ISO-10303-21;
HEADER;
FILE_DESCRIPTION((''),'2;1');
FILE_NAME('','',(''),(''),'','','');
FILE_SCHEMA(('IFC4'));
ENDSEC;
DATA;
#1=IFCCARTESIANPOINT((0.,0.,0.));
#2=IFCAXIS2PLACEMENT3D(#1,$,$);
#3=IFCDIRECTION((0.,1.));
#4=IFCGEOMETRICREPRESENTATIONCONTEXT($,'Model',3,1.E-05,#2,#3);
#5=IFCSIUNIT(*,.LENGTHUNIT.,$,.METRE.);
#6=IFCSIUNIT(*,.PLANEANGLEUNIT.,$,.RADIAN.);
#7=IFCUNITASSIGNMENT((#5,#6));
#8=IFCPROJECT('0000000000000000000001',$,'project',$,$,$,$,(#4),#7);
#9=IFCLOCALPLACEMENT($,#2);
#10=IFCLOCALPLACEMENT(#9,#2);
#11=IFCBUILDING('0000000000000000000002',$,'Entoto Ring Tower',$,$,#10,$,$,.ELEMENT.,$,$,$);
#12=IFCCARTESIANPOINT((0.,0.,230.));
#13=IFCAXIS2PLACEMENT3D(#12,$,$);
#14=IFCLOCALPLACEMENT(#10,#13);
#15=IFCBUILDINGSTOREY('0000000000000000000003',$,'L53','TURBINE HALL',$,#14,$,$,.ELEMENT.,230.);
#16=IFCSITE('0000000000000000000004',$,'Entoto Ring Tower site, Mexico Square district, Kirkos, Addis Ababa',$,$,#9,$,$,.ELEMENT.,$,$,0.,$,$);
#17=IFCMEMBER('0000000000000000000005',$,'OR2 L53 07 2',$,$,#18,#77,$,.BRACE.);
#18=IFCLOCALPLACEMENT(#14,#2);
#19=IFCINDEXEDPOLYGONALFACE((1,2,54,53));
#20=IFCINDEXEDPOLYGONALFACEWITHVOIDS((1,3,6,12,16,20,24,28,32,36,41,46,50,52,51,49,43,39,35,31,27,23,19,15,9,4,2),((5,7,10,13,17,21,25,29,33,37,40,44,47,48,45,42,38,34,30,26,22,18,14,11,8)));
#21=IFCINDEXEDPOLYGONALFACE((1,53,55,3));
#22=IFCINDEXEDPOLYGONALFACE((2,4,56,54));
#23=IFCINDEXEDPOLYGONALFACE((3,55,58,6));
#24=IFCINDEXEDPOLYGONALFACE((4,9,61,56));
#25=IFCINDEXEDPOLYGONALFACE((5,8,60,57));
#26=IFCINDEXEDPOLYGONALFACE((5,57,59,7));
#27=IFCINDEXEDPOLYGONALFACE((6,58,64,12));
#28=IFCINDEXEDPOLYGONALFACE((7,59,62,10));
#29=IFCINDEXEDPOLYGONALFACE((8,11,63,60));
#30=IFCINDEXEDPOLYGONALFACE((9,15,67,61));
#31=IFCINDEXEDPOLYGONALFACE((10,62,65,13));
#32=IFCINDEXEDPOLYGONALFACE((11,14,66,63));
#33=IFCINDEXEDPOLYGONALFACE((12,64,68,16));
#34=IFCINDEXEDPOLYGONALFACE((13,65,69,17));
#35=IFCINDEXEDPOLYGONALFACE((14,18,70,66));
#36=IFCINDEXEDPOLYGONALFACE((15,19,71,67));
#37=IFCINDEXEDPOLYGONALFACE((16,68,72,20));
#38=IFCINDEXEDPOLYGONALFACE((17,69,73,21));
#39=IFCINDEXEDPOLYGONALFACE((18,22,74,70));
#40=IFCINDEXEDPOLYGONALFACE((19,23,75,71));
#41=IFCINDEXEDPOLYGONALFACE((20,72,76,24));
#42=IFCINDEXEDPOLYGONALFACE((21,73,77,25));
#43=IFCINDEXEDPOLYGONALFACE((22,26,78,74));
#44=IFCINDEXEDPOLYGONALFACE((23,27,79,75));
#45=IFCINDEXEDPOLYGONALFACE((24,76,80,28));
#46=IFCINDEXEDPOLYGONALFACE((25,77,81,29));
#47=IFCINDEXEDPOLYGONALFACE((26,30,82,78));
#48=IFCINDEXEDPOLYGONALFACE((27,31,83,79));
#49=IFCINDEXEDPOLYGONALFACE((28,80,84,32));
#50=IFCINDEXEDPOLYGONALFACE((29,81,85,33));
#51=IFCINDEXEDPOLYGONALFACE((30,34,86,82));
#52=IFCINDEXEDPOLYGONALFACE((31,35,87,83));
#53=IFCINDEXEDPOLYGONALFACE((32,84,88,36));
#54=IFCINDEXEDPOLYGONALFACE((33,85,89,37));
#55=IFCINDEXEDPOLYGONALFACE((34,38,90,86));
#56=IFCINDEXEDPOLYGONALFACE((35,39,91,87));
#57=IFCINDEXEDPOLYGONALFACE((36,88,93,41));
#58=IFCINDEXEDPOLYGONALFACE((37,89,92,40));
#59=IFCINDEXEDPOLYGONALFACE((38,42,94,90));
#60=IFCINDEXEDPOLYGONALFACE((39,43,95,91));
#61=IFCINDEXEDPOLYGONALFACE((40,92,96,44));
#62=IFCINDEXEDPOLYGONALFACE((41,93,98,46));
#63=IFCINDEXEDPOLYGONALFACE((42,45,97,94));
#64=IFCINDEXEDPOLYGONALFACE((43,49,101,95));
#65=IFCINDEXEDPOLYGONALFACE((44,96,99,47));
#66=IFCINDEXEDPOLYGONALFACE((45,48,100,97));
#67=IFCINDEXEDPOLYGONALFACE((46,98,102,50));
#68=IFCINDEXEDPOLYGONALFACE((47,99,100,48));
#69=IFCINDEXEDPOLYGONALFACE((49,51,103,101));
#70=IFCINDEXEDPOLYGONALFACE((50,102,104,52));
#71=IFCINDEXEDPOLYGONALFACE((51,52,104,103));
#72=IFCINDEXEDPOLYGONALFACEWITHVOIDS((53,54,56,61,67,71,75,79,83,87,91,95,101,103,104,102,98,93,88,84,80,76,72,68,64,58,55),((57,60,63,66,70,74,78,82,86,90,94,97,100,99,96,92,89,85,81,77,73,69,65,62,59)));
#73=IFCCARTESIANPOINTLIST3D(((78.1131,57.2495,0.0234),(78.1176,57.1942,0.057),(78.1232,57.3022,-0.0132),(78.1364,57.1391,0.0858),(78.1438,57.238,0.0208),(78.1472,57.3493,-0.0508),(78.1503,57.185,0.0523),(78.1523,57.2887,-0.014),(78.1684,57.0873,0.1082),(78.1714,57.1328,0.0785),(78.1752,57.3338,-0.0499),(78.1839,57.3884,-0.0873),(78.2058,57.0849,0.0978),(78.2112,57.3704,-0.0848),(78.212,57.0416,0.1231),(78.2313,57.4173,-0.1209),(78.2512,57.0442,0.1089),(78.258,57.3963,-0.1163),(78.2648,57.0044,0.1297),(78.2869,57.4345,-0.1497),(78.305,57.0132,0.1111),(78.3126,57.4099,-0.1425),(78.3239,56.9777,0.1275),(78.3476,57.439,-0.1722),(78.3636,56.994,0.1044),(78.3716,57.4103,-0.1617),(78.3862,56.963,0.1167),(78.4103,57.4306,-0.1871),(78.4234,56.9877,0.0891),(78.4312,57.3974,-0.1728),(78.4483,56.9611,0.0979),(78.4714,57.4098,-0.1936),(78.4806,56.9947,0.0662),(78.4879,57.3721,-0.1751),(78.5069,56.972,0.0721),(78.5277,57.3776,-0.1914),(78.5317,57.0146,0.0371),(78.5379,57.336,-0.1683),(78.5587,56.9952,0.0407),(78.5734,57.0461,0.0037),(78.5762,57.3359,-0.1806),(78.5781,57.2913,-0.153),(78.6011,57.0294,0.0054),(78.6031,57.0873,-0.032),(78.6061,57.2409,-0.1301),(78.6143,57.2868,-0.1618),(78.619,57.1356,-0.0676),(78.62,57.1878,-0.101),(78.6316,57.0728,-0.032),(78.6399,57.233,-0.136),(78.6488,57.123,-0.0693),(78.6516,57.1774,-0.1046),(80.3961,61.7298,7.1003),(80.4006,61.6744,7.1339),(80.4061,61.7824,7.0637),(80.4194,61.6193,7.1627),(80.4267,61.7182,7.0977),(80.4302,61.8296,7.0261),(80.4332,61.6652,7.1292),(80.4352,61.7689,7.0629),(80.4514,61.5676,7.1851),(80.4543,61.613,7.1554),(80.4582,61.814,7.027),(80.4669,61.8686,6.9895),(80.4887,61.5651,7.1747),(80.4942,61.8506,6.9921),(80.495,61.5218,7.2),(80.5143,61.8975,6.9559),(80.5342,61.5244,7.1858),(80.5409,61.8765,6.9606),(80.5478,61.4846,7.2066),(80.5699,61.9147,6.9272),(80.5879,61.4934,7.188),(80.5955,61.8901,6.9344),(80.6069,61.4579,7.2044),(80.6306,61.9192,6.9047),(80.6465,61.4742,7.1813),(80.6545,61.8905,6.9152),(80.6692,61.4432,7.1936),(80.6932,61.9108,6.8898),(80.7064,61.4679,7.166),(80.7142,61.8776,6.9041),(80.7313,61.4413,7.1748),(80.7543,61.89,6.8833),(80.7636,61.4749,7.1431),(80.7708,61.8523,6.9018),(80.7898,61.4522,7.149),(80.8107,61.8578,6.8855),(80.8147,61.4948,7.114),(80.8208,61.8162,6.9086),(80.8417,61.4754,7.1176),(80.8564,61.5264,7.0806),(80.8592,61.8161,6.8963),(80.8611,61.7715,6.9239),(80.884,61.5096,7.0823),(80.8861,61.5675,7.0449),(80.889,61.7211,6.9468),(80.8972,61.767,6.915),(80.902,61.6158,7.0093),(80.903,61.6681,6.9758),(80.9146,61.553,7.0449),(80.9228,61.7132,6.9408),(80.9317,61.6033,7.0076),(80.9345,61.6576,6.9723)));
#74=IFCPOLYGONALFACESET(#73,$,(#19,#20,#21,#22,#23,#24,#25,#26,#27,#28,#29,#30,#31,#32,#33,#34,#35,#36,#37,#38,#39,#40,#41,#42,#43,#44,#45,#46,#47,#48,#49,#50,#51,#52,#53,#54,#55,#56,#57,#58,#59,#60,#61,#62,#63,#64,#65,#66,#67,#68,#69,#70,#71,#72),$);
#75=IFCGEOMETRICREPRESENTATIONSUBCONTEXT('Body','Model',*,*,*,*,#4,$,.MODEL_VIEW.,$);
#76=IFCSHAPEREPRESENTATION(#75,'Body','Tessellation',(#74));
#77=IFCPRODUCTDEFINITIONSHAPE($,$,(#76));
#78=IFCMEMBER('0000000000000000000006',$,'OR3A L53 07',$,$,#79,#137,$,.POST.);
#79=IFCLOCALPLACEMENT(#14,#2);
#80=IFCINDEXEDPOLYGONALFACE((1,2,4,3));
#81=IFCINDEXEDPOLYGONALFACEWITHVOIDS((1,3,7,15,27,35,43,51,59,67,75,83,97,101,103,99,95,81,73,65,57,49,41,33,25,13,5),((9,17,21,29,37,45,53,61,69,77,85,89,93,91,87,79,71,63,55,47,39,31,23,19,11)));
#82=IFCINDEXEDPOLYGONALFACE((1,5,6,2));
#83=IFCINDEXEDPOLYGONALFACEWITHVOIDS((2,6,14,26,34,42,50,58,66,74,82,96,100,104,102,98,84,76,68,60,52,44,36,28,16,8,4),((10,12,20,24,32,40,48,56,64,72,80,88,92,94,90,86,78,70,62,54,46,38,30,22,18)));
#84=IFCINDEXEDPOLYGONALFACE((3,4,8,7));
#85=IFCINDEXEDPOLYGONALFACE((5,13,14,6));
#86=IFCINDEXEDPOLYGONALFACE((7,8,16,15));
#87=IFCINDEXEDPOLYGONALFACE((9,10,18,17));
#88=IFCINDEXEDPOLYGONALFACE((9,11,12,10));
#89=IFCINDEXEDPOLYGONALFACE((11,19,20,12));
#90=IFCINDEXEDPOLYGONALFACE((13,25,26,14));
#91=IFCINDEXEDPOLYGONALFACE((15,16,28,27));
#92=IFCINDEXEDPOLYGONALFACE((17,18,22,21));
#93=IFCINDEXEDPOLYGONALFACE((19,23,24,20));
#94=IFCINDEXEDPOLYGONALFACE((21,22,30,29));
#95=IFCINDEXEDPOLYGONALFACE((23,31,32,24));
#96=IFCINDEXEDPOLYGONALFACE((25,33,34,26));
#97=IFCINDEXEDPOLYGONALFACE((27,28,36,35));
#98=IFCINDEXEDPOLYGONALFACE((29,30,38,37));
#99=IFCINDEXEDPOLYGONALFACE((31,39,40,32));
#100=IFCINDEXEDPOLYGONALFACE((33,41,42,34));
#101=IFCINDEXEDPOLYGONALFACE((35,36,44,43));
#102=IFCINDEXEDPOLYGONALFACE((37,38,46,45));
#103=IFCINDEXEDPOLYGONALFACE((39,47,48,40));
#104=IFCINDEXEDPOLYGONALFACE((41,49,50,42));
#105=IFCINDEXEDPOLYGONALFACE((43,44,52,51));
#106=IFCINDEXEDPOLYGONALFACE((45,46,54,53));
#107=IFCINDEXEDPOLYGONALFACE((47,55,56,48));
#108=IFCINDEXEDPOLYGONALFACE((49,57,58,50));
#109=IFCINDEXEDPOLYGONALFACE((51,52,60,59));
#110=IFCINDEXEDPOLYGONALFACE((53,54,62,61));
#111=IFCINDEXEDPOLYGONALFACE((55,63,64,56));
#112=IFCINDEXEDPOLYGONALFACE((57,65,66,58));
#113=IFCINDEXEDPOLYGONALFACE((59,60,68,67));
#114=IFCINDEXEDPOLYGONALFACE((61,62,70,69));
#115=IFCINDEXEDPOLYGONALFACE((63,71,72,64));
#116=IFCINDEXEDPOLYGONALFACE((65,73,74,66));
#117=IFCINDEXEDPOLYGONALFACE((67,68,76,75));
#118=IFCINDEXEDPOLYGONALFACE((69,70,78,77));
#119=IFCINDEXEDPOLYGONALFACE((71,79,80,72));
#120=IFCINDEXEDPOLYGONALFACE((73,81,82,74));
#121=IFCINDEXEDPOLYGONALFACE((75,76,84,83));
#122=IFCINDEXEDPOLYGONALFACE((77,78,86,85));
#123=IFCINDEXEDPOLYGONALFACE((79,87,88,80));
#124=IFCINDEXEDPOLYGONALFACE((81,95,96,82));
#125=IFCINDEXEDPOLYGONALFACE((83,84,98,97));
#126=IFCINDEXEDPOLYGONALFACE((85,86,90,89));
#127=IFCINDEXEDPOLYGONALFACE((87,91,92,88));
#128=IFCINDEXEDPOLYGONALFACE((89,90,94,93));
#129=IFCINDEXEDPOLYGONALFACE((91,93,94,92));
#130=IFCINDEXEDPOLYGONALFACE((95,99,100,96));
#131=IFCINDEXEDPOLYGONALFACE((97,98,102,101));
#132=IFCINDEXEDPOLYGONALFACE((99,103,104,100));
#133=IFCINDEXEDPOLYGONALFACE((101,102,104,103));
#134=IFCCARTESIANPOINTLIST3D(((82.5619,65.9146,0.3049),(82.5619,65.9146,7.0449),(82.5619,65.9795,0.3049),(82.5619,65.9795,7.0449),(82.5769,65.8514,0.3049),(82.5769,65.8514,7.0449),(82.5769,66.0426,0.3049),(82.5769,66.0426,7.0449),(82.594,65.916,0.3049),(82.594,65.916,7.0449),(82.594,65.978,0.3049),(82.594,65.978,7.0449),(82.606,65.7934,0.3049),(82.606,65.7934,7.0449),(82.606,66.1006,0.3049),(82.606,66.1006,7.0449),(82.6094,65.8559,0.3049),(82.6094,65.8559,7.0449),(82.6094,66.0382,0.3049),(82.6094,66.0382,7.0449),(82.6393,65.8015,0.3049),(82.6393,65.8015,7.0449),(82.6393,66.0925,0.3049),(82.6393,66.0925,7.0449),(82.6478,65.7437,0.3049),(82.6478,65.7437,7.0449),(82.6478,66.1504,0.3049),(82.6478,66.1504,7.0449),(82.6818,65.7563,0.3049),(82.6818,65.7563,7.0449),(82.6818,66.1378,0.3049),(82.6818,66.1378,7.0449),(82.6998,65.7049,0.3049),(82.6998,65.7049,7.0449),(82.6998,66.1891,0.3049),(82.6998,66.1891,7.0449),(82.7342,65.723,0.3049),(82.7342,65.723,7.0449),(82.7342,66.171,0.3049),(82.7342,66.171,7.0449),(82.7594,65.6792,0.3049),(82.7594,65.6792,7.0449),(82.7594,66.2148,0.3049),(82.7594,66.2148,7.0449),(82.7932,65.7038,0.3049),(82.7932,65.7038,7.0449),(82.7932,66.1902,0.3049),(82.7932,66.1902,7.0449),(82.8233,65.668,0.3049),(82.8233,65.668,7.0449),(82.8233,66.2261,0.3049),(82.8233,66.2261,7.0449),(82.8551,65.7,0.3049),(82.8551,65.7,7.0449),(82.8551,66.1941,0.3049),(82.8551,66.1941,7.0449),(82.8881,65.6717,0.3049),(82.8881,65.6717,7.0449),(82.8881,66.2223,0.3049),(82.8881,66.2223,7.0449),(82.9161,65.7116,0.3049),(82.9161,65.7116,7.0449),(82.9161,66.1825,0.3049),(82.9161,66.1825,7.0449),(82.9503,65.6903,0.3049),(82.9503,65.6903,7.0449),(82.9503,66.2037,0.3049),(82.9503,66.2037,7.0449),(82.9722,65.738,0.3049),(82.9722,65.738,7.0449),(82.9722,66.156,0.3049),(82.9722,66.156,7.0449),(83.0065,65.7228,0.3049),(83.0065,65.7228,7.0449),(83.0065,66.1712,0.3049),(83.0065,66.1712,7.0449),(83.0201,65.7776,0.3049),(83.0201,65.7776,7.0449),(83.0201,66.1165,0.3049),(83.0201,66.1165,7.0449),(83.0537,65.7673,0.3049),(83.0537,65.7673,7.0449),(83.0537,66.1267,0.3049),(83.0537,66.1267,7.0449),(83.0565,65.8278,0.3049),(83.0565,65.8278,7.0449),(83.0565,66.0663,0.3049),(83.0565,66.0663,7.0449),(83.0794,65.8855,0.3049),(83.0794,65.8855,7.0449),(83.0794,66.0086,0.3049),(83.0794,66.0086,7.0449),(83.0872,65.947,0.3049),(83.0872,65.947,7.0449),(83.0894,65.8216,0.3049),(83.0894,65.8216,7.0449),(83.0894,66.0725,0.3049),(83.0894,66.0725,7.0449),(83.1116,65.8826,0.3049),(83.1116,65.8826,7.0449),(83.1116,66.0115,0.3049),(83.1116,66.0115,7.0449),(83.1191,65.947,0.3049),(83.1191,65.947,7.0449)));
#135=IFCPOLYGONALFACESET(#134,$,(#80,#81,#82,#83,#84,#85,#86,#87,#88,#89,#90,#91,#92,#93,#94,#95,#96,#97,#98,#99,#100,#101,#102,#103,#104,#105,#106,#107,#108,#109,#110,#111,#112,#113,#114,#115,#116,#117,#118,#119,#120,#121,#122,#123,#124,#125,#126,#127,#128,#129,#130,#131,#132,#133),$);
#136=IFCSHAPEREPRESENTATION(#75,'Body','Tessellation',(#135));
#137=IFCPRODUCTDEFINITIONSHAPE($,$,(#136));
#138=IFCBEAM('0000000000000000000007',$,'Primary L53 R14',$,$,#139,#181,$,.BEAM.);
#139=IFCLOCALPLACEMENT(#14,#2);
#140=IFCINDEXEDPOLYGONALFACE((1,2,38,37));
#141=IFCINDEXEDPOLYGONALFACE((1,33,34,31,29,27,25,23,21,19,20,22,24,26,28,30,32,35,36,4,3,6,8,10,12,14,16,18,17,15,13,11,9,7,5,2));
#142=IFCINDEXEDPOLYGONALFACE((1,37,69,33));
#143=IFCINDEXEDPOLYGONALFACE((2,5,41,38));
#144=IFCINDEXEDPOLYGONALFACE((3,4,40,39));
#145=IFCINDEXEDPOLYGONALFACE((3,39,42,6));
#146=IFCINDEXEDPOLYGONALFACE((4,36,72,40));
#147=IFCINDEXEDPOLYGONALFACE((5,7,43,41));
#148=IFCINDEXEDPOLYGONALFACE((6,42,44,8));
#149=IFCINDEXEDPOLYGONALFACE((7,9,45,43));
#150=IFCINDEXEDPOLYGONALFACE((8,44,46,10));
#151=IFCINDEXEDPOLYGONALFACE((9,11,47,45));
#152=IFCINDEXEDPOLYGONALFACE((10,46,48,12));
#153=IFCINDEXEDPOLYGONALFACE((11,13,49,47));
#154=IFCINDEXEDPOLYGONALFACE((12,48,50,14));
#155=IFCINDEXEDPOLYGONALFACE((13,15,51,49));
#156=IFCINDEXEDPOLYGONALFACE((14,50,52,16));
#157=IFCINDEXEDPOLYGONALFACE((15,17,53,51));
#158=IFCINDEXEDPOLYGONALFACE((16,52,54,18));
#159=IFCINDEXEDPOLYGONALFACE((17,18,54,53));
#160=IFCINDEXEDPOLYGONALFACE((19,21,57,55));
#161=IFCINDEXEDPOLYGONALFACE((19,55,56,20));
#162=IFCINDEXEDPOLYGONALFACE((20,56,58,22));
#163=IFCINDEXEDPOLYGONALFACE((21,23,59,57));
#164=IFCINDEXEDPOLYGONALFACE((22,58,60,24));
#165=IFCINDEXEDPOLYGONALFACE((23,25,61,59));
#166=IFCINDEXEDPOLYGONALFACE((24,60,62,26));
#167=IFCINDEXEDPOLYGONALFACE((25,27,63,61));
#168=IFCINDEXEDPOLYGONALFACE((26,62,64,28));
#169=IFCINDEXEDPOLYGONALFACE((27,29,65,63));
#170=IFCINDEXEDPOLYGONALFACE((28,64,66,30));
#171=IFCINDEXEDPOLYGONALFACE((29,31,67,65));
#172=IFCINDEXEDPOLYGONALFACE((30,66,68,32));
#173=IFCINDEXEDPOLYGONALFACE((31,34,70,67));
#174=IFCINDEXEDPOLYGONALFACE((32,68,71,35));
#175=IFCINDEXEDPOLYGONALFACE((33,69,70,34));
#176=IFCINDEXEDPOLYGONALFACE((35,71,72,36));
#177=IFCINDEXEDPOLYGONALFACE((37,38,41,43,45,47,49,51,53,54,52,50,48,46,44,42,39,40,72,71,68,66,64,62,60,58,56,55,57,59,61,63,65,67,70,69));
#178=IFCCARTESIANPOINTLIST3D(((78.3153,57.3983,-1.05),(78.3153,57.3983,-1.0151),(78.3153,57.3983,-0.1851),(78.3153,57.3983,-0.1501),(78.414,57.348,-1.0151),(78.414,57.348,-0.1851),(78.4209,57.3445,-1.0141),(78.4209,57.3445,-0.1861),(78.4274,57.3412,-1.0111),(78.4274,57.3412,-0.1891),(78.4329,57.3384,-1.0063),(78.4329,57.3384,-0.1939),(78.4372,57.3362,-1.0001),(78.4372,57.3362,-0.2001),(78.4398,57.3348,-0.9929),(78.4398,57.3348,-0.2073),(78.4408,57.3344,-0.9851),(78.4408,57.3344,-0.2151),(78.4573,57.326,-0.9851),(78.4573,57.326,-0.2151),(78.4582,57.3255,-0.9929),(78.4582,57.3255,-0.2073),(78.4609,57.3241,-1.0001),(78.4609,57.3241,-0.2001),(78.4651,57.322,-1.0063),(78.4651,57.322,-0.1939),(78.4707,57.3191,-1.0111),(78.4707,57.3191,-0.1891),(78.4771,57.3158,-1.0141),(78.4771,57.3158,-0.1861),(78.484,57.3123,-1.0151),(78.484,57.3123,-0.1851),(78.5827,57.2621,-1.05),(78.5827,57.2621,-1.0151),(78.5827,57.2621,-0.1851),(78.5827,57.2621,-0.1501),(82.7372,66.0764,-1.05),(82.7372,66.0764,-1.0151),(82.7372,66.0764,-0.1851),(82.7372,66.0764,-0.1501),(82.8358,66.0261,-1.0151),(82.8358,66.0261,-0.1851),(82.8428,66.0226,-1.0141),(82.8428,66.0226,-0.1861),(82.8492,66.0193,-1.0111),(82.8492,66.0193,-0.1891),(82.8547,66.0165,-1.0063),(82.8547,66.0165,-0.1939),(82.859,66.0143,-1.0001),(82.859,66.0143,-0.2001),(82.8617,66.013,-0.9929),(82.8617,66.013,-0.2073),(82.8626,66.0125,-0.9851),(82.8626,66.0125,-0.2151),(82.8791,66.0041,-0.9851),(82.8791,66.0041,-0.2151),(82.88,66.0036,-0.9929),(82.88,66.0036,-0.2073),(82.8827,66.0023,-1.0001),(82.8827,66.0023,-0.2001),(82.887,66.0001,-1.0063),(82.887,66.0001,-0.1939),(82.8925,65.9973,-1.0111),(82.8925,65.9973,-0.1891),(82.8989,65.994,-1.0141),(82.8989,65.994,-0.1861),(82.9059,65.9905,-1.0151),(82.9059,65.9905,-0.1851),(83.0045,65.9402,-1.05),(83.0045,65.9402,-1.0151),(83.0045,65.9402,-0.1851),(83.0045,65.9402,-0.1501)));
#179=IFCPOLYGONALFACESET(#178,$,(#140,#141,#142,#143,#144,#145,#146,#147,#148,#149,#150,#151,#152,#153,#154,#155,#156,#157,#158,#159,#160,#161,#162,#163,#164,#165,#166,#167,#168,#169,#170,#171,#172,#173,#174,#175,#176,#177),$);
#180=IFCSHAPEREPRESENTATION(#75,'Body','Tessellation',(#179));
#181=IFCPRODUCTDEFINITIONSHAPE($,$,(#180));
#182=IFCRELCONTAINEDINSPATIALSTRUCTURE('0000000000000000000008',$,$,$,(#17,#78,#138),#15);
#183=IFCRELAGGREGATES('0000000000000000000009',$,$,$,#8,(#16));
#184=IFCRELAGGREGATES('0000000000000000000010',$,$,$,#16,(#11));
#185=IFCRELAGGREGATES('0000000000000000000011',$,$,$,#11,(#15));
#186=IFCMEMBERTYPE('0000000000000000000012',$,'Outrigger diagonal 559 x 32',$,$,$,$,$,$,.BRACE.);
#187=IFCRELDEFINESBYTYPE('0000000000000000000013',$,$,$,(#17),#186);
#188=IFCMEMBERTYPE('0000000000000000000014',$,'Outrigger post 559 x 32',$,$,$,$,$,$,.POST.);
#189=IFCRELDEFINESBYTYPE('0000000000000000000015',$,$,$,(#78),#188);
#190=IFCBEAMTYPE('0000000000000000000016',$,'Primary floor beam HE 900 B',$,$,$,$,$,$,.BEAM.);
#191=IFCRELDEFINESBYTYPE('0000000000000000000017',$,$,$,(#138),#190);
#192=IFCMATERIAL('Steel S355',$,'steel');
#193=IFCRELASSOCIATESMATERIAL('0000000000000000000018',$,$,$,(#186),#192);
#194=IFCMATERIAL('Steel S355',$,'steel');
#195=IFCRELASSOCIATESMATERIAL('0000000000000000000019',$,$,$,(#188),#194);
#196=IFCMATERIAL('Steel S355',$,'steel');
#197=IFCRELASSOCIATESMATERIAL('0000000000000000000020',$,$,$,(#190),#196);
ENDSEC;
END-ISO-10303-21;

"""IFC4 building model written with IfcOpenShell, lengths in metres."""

from ifc_helpers import new_model, si_unit, direction, frame, origin, origin_2d, place, context, subcontext, project, spatial, circle, hollow_circle, i_section, extrude, material, material_profile, profile_set, type_object, element, save


model = new_model("IFC4")

# Units and contexts
model_context = context("Model", 3, precision=1e-05, world=origin(), true_north=direction((0.0, 1.0)))
body_context = subcontext(model_context, "Body", "Model", "MODEL_VIEW")
ifc_project = project(units=[si_unit("LENGTHUNIT", "METRE"), si_unit("PLANEANGLEUNIT", "RADIAN")], contexts=[model_context])

# Site, building, storey
site_placement = place(None, origin())
site = spatial("IfcSite", under=ifc_project, at=site_placement, Name="Entoto Ring Tower site, Mexico Square district, Kirkos, Addis Ababa", CompositionType="ELEMENT", RefElevation=0.0)
building_placement = place(site_placement, origin())
building = spatial("IfcBuilding", under=site, at=building_placement, Name="Entoto Ring Tower", CompositionType="ELEMENT")
storey_placement = place(building_placement, frame((0.0, 0.0, 230.0)))
storey = spatial("IfcBuildingStorey", under=building, at=storey_placement, Name="L53", Description="TURBINE HALL", CompositionType="ELEMENT", Elevation=230.0)

# Members
ifc_material_1 = material(Name="Steel S355", Category="steel")
ifc_material_profile_1 = material_profile(ifc_material_1, hollow_circle(Radius=0.2795, WallThickness=0.032, at=origin_2d()), Name="CHS 559 x 32")
ifc_material_2 = material(Name="Concrete C60/75", Category="concrete")
ifc_material_profile_2 = material_profile(ifc_material_2, circle(Radius=0.2476, at=origin_2d()), Name="Concrete C60/75 infill")
ifc_profile_set_1 = profile_set([ifc_material_profile_1, ifc_material_profile_2], Name="Steel S355")
member_type_1 = type_object("IfcMemberType", Name="Outrigger diagonal 559 x 32", PredefinedType="BRACE", material=ifc_profile_set_1)
member_1_placement = place(storey_placement, frame((80.6655, 61.6799, 7.0449), z_axis=(-0.262971, -0.516071, -0.815179), x_axis=(0.890993, -0.454017, 0.0)))
element("IfcMember", 1, at=member_1_placement, inside=storey, type_object=member_type_1, Name="OR2 L53 07 2", PredefinedType="BRACE", context=body_context, shape_type="SweptSolid", body=[
    extrude(hollow_circle(Radius=0.2795, WallThickness=0.032, at=origin_2d()), origin(), (0.0, 0.0, 1.0), 8.6814),
])
ifc_material_3 = material(Name="Steel S355", Category="steel")
ifc_material_profile_3 = material_profile(ifc_material_3, hollow_circle(Radius=0.2795, WallThickness=0.032, at=origin_2d()), Name="CHS 559 x 32")
ifc_material_4 = material(Name="Concrete C60/75", Category="concrete")
ifc_material_profile_4 = material_profile(ifc_material_4, circle(Radius=0.2476, at=origin_2d()), Name="Concrete C60/75 infill")
ifc_profile_set_2 = profile_set([ifc_material_profile_3, ifc_material_profile_4], Name="Steel S355")
member_type_2 = type_object("IfcMemberType", Name="Outrigger post 559 x 32", PredefinedType="POST", material=ifc_profile_set_2)
member_2_placement = place(storey_placement, frame((82.8396, 65.947, 0.3049), z_axis=(0.0, 0.0, 1.0), x_axis=(1.0, 0.0, 0.0)))
element("IfcMember", 2, at=member_2_placement, inside=storey, type_object=member_type_2, Name="OR3A L53 07", PredefinedType="POST", context=body_context, shape_type="SweptSolid", body=[
    extrude(hollow_circle(Radius=0.2795, WallThickness=0.032, at=origin_2d()), origin(), (0.0, 0.0, 1.0), 6.74),
])

# Beam
ifc_material_5 = material(Name="Steel S355", Category="steel")
ifc_material_profile_5 = material_profile(ifc_material_5, i_section(OverallWidth=0.3, OverallDepth=0.8999, WebThickness=0.0186, FlangeThickness=0.0349, FilletRadius=0.03, at=origin_2d()), Name="HE 900 B")
ifc_profile_set_3 = profile_set([ifc_material_profile_5], Name="Steel S355")
beam_type_1 = type_object("IfcBeamType", Name="Primary floor beam HE 900 B", PredefinedType="BEAM", material=ifc_profile_set_3)
beam_1_placement = place(storey_placement, frame((82.8708, 66.0083, -0.6001), z_axis=(-0.453999, -0.891002, 0.0), x_axis=(0.891002, -0.453999, 0.0)))
element("IfcBeam", 3, at=beam_1_placement, inside=storey, type_object=beam_type_1, Name="Primary L53 R14", PredefinedType="BEAM", context=body_context, shape_type="SweptSolid", body=[
    extrude(i_section(OverallWidth=0.3, OverallDepth=0.8999, WebThickness=0.0186, FlangeThickness=0.0349, FilletRadius=0.03, at=origin_2d()), origin(), (0.0, 0.0, 1.0), 9.7397),
])

save(model, "model.ifc")
